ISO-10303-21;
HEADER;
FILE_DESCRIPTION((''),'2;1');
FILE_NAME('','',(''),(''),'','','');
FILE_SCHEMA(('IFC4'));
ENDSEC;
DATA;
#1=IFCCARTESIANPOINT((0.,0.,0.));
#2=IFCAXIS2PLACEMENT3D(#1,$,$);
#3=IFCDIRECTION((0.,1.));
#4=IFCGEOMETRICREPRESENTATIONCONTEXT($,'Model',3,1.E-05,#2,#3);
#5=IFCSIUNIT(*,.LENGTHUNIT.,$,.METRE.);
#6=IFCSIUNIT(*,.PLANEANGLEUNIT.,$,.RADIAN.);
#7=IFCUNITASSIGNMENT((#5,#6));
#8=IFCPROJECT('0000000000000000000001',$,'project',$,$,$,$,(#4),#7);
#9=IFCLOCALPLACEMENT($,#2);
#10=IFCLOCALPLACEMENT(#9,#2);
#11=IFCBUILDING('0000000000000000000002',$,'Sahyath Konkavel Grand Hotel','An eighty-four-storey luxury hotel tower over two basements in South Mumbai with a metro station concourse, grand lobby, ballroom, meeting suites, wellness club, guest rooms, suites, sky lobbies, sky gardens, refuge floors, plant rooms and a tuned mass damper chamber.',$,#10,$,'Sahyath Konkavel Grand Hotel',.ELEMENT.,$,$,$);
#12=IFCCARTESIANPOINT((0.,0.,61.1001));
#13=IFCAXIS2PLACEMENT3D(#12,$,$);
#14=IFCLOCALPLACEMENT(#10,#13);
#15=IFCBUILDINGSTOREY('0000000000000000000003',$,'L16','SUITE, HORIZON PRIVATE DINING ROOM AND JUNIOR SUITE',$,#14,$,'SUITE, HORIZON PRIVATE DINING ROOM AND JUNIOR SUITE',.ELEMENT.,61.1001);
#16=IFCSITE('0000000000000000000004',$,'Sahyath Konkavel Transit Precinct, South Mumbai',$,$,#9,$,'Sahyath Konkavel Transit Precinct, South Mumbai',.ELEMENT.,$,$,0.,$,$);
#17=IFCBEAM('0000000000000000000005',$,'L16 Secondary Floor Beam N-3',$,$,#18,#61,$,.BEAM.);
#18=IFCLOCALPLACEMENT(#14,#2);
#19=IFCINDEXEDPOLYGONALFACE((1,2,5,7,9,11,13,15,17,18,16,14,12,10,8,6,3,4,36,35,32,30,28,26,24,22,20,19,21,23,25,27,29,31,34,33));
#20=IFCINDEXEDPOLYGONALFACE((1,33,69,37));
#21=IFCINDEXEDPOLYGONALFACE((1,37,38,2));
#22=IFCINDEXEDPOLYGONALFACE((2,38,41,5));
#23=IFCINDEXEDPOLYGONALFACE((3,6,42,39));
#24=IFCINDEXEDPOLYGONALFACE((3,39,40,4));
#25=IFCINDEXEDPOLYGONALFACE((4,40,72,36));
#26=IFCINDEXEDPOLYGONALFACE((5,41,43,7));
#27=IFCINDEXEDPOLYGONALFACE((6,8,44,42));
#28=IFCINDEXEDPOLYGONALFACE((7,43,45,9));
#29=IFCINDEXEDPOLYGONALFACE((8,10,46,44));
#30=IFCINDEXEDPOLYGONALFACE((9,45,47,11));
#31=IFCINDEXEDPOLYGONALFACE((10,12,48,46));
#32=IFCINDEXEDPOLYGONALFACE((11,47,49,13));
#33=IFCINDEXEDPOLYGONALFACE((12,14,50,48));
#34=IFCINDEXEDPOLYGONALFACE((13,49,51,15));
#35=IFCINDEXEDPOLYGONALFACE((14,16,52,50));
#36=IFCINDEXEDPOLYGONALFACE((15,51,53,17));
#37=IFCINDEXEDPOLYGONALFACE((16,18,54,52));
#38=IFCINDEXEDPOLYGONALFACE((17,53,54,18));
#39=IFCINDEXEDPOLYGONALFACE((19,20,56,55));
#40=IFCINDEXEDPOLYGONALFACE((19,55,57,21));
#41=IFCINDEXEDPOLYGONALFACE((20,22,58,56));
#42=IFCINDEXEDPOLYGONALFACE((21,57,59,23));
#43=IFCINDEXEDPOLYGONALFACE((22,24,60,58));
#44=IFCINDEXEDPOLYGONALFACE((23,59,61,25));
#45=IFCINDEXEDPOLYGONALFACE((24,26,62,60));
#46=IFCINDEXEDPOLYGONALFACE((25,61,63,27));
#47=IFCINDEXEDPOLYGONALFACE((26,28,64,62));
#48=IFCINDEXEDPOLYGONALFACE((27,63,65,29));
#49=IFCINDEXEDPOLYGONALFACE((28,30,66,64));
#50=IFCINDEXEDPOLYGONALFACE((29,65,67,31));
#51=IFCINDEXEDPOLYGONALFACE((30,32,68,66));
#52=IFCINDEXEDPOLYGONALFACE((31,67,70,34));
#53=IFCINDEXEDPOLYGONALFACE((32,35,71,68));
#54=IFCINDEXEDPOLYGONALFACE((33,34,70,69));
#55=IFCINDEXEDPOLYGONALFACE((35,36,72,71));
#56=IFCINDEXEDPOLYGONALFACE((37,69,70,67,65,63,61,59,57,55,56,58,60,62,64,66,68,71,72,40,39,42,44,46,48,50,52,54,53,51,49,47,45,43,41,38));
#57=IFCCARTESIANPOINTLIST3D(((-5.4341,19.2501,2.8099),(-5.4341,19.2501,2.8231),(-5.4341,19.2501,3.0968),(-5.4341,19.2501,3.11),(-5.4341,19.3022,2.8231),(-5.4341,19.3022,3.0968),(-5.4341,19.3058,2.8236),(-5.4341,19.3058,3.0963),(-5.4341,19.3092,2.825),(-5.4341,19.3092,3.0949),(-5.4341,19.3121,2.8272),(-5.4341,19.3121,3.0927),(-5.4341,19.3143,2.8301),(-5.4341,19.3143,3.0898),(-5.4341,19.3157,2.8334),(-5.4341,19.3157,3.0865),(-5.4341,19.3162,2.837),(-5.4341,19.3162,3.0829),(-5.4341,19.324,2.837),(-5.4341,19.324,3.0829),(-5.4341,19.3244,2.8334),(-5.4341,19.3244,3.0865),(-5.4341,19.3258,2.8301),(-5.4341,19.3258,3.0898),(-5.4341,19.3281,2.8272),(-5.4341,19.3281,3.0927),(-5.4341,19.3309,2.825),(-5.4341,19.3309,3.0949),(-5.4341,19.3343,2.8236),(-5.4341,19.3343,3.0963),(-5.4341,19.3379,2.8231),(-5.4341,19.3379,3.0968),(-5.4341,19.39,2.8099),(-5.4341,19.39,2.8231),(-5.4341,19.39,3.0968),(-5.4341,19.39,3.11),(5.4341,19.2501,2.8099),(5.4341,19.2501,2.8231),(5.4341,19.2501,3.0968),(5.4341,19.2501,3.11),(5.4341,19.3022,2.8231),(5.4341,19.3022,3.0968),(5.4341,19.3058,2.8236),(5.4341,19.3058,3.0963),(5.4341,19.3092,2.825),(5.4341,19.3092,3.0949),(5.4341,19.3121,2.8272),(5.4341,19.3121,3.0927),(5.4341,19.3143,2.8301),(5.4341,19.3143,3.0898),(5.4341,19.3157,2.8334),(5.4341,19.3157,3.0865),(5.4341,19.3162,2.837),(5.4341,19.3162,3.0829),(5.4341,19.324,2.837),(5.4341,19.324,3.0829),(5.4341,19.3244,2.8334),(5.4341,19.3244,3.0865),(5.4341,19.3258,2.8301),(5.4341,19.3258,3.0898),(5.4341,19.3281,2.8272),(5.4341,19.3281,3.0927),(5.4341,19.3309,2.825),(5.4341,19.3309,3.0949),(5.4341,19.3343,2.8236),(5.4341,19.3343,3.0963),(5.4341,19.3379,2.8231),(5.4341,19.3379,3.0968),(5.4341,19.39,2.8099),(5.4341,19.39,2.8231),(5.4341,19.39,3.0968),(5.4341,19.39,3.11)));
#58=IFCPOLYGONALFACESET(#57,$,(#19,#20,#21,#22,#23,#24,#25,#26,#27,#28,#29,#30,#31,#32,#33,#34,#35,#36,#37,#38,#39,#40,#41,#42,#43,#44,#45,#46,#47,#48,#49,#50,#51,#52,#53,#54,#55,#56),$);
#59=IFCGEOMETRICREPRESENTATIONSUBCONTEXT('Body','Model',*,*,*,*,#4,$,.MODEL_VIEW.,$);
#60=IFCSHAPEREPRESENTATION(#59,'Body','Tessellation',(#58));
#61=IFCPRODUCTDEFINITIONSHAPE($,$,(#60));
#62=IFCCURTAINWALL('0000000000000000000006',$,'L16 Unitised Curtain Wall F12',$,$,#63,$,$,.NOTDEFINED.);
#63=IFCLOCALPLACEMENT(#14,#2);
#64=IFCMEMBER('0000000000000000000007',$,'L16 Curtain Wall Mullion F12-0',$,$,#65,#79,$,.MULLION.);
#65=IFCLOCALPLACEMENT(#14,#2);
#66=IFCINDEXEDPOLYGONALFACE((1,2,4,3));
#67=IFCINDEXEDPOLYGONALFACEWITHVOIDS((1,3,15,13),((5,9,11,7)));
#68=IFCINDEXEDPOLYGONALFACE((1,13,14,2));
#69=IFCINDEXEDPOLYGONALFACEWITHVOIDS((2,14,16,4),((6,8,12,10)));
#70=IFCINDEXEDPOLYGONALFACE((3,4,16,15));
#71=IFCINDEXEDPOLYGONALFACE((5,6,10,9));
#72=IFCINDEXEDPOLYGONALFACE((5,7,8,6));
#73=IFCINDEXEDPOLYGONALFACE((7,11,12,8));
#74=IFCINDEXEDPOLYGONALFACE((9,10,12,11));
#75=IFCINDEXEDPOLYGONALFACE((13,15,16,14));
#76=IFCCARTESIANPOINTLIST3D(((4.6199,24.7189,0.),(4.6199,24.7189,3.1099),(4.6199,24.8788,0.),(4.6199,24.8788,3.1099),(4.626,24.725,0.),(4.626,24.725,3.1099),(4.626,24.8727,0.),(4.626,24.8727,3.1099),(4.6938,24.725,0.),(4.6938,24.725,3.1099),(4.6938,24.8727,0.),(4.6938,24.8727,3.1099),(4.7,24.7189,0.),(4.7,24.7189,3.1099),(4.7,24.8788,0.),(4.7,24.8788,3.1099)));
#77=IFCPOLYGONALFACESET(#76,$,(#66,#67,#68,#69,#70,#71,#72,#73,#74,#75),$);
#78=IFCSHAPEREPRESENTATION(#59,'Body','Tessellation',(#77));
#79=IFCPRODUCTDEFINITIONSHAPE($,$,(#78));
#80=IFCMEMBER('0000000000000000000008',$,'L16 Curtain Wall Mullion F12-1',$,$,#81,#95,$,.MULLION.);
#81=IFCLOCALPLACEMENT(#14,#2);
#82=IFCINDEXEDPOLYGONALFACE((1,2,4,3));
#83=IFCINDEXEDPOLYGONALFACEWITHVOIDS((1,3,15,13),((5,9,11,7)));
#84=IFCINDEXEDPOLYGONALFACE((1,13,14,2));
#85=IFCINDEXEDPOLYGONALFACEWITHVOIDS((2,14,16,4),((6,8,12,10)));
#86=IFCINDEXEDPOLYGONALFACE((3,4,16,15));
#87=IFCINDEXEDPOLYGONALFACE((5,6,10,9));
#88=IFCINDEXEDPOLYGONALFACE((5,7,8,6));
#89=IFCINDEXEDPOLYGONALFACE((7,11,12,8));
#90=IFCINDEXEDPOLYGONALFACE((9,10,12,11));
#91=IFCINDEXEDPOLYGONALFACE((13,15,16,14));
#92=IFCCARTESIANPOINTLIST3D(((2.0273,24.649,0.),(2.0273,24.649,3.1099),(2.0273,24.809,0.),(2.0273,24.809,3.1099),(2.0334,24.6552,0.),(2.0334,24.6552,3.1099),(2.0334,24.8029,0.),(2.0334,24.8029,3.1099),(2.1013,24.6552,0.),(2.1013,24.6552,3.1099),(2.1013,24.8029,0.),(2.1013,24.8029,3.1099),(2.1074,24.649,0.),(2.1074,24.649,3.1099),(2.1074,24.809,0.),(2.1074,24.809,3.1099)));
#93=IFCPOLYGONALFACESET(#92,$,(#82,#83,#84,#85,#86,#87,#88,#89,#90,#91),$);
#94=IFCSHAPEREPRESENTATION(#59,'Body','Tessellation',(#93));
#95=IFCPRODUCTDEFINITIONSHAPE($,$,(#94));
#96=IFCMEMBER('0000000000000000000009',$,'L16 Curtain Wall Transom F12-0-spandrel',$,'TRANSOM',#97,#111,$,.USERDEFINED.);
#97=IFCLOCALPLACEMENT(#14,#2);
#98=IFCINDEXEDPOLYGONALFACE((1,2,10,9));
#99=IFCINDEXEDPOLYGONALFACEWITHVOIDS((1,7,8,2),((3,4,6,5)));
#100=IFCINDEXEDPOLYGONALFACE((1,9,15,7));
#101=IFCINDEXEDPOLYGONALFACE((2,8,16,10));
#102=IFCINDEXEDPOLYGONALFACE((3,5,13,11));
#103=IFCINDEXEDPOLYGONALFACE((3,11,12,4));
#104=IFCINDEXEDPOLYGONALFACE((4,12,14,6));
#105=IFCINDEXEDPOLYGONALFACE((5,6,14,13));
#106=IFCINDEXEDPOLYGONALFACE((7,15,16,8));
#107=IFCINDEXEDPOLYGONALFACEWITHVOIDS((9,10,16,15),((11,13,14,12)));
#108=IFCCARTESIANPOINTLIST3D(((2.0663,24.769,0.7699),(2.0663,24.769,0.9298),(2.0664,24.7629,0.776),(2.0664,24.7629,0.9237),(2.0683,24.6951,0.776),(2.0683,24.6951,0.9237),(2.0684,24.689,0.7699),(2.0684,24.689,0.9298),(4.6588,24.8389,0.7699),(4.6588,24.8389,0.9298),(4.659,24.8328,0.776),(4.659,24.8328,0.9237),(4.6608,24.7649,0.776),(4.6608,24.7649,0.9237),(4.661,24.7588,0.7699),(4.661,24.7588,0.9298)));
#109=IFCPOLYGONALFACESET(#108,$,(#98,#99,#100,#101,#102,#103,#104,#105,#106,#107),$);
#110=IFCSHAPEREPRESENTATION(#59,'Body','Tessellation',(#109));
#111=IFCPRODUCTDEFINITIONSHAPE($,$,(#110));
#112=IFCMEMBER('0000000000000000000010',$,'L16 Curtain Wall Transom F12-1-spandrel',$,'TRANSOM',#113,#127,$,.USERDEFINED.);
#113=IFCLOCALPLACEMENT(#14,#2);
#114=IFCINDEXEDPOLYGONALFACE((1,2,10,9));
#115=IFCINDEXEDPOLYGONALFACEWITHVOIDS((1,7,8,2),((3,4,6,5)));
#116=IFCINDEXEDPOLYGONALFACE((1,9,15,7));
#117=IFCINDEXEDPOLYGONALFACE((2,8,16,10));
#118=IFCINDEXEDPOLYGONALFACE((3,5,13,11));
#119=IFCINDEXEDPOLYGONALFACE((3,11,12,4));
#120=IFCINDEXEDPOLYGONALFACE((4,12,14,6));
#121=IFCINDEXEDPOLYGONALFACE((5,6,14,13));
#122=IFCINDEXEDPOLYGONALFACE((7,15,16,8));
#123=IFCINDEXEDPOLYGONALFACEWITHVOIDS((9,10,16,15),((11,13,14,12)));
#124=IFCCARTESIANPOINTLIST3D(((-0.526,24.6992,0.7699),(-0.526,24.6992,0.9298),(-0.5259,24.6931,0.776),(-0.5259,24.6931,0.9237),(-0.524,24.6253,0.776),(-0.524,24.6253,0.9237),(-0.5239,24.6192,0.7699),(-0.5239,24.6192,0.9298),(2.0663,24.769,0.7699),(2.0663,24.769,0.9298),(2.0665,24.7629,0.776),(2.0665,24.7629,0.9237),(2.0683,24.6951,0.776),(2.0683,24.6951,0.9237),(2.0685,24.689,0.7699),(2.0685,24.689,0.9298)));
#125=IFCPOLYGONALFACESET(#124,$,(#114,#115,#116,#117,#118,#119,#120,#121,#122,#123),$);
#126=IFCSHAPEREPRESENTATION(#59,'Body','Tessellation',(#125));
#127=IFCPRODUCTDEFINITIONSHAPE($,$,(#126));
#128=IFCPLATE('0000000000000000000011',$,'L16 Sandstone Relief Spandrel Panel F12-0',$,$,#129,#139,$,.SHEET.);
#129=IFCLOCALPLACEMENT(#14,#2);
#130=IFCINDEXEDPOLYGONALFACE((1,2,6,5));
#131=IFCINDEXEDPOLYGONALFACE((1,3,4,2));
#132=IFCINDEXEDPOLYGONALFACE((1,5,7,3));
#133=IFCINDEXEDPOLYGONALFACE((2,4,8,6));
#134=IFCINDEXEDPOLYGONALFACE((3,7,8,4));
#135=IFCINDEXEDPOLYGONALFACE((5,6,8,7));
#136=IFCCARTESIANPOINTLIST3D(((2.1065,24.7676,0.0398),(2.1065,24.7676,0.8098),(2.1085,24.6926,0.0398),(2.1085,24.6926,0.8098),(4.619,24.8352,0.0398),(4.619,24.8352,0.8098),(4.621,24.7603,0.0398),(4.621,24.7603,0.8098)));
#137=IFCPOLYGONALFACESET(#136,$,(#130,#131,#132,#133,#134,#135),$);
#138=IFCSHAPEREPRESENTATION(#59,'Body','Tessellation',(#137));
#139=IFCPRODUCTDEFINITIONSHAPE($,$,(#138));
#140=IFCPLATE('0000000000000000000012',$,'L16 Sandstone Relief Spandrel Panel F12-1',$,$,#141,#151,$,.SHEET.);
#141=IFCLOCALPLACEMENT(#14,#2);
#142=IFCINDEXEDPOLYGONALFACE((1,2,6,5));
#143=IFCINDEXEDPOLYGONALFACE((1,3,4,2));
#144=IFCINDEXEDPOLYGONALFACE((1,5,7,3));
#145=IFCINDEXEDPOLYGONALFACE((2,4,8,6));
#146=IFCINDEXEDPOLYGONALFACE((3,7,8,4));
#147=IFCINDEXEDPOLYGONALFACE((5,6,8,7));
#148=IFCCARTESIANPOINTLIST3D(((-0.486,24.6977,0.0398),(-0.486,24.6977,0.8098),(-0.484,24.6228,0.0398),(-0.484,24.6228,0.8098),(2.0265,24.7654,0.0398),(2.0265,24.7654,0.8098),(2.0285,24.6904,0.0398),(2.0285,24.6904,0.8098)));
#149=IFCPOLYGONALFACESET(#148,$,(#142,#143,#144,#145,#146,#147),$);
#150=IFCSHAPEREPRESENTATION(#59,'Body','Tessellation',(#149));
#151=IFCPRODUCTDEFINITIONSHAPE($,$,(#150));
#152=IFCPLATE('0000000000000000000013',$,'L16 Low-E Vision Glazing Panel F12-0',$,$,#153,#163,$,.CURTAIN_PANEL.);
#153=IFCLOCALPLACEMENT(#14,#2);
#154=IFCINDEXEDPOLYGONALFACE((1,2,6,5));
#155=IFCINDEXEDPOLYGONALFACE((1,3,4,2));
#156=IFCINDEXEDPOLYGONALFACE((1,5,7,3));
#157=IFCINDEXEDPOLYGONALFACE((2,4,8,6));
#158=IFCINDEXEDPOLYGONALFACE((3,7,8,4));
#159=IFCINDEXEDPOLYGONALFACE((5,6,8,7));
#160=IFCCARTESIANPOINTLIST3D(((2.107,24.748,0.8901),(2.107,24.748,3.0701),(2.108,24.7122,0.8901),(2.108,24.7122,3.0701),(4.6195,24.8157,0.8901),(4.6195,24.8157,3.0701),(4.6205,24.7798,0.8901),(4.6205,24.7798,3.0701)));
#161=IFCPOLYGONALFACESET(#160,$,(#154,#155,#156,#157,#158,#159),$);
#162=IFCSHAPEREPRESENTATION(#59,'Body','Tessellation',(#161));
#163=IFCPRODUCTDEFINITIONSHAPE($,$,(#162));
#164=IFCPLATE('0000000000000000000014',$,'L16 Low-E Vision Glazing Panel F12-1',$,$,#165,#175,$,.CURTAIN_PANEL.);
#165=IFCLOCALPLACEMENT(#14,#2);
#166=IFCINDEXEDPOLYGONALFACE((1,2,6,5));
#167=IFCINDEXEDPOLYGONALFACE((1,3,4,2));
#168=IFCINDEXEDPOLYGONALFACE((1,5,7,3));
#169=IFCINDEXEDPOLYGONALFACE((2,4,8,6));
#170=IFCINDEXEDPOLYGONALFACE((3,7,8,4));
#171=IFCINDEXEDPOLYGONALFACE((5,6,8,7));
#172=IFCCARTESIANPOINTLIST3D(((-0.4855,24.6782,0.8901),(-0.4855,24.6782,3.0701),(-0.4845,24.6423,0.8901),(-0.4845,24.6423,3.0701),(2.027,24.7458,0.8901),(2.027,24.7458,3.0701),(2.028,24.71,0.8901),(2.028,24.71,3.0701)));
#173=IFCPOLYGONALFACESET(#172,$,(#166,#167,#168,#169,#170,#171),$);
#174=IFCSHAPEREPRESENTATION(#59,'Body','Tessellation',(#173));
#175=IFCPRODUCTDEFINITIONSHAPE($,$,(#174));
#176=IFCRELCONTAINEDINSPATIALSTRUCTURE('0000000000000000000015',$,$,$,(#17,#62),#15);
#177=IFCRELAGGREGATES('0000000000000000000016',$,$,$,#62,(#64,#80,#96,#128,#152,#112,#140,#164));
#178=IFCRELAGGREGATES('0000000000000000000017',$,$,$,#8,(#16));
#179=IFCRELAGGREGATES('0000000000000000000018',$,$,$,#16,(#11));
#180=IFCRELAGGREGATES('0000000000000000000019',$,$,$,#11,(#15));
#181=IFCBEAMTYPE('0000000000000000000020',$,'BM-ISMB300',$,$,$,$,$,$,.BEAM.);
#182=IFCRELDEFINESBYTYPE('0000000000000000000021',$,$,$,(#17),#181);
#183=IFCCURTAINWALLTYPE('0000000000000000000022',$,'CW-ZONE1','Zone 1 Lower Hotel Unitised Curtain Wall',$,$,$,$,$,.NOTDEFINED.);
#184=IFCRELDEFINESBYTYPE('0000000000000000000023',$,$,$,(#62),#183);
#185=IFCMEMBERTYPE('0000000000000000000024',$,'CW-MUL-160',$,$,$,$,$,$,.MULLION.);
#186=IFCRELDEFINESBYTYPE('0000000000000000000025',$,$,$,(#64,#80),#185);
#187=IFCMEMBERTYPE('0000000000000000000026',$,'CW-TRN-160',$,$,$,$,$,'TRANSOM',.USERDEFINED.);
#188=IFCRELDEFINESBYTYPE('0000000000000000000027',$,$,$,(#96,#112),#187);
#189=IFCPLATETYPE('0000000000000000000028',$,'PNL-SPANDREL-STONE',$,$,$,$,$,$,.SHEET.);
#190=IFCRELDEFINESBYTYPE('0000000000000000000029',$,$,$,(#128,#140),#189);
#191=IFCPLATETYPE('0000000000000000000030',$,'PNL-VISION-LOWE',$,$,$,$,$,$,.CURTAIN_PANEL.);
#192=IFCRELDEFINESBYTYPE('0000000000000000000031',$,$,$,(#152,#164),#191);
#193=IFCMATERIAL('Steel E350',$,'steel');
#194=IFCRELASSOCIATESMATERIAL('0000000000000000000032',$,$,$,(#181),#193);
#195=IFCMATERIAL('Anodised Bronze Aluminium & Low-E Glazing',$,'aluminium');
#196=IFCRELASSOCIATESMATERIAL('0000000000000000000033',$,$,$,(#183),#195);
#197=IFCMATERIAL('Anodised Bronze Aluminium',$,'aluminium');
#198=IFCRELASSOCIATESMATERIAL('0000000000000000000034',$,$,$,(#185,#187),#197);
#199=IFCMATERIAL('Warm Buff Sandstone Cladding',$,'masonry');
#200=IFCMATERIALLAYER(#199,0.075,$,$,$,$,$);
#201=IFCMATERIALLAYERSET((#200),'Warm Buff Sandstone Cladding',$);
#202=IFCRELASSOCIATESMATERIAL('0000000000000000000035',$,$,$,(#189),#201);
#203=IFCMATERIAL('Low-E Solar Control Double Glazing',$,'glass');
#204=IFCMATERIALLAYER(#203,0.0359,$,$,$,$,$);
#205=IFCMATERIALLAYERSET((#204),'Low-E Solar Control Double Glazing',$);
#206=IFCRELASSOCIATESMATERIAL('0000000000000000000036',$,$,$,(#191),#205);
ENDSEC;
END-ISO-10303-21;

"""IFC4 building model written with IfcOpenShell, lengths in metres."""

from ifc_helpers import new_model, si_unit, direction, frame, origin, origin_2d, place, context, subcontext, project, spatial, rectangle, hollow_rectangle, i_section, extrude, source, transform, mapped, material, layer, layer_set, material_profile, profile_set, type_object, element, aggregate, save


model = new_model("IFC4")

# Units and contexts
model_context = context("Model", 3, precision=1e-05, world=origin(), true_north=direction((0.0, 1.0)))
body_context = subcontext(model_context, "Body", "Model", "MODEL_VIEW")
ifc_project = project(units=[si_unit("LENGTHUNIT", "METRE"), si_unit("PLANEANGLEUNIT", "RADIAN")], contexts=[model_context])

# Site, building, storey
site_placement = place(None, origin())
site = spatial("IfcSite", under=ifc_project, at=site_placement, Name="Sahyath Konkavel Transit Precinct, South Mumbai", LongName="Sahyath Konkavel Transit Precinct, South Mumbai", CompositionType="ELEMENT", RefElevation=0.0)
building_placement = place(site_placement, origin())
building = spatial("IfcBuilding", under=site, at=building_placement, Name="Sahyath Konkavel Grand Hotel", Description="An eighty-four-storey luxury hotel tower over two basements in South Mumbai with a metro station concourse, grand lobby, ballroom, meeting suites, wellness club, guest rooms, suites, sky lobbies, sky gardens, refuge floors, plant rooms and a tuned mass damper chamber.", LongName="Sahyath Konkavel Grand Hotel", CompositionType="ELEMENT")
storey_placement = place(building_placement, frame((0.0, 0.0, 61.1001)))
storey = spatial("IfcBuildingStorey", under=building, at=storey_placement, Name="L16", Description="SUITE, HORIZON PRIVATE DINING ROOM AND JUNIOR SUITE", LongName="SUITE, HORIZON PRIVATE DINING ROOM AND JUNIOR SUITE", CompositionType="ELEMENT", Elevation=61.1001)

# Beam
ifc_material_1 = material(Name="Steel E350", Category="steel")
ifc_material_profile_1 = material_profile(ifc_material_1, i_section(OverallWidth=0.1399, OverallDepth=0.3, WebThickness=0.0078, FlangeThickness=0.0132, FilletRadius=0.0139, at=origin_2d()), Name="ISMB 300")
ifc_profile_set_1 = profile_set([ifc_material_profile_1], Name="Steel E350")
beam_type_1 = type_object("IfcBeamType", Name="BM-ISMB300", PredefinedType="BEAM", material=ifc_profile_set_1)
shared_shape_1 = source(origin(), body_context, "Body", "SweptSolid", [
    extrude(i_section(OverallWidth=0.1399, OverallDepth=0.3, WebThickness=0.0078, FlangeThickness=0.0132, FilletRadius=0.0139, at=origin_2d()), origin(), (0.0, 0.0, 1.0), 10.8682),
])
beam_1_placement = place(storey_placement, frame((5.4341, 19.3201, 2.96), z_axis=(-1.0, 0.0, 0.0), x_axis=(0.0, -1.0, 0.0)))
element("IfcBeam", 1, at=beam_1_placement, inside=storey, type_object=beam_type_1, Name="L16 Secondary Floor Beam N-3", PredefinedType="BEAM", context=body_context, shape_type="MappedRepresentation", body=[
    mapped(shared_shape_1, transform((0.0, 0.0, 0.0), scale=1.0)),
])

# Curtain wall, members, plates
ifc_material_2 = material(Name="Anodised Bronze Aluminium & Low-E Glazing", Category="aluminium")
curtain_wall_type = type_object("IfcCurtainWallType", Name="CW-ZONE1", Description="Zone 1 Lower Hotel Unitised Curtain Wall", PredefinedType="NOTDEFINED", material=ifc_material_2)
curtain_wall_placement = place(storey_placement, origin())
curtain_wall = element("IfcCurtainWall", 2, at=curtain_wall_placement, inside=storey, type_object=curtain_wall_type, Name="L16 Unitised Curtain Wall F12", PredefinedType="NOTDEFINED")
ifc_material_3 = material(Name="Anodised Bronze Aluminium", Category="aluminium")
ifc_material_profile_2 = material_profile(ifc_material_3, hollow_rectangle(XDim=0.0801, YDim=0.1599, WallThickness=0.0061, at=origin_2d()), Name="RHS 160x80x6")
ifc_profile_set_2 = profile_set([ifc_material_profile_2], Name="Anodised Bronze Aluminium")
member_type_1 = type_object("IfcMemberType", Name="CW-MUL-160", PredefinedType="MULLION", material=ifc_profile_set_2)
shared_shape_2 = source(origin(), body_context, "Body", "SweptSolid", [
    extrude(hollow_rectangle(XDim=0.0801, YDim=0.1599, WallThickness=0.0061, at=origin_2d()), origin(), (0.0, 0.0, 1.0), 3.1099),
])
member_1_placement = place(storey_placement, frame((4.6599, 24.7988, 0.0), z_axis=(0.0, 0.0, 1.0), x_axis=(1.0, 0.0, 0.0)))
member_1 = element("IfcMember", 3, at=member_1_placement, type_object=member_type_1, Name="L16 Curtain Wall Mullion F12-0", PredefinedType="MULLION", context=body_context, shape_type="MappedRepresentation", body=[
    mapped(shared_shape_2, transform((0.0, 0.0, 0.0), scale=1.0)),
])
member_2_placement = place(storey_placement, frame((2.0674, 24.729, 0.0), z_axis=(0.0, 0.0, 1.0), x_axis=(1.0, 0.0, 0.0)))
member_2 = element("IfcMember", 4, at=member_2_placement, type_object=member_type_1, Name="L16 Curtain Wall Mullion F12-1", PredefinedType="MULLION", context=body_context, shape_type="MappedRepresentation", body=[
    mapped(shared_shape_2, transform((0.0, 0.0, 0.0), scale=1.0)),
])
ifc_material_profile_3 = material_profile(ifc_material_3, hollow_rectangle(XDim=0.0801, YDim=0.1599, WallThickness=0.0061, at=origin_2d()), Name="RHS 160x80x6")
ifc_profile_set_3 = profile_set([ifc_material_profile_3], Name="Anodised Bronze Aluminium")
member_type_2 = type_object("IfcMemberType", Name="CW-TRN-160", ElementType="TRANSOM", PredefinedType="USERDEFINED", material=ifc_profile_set_3)
shared_shape_3 = source(origin(), body_context, "Body", "SweptSolid", [
    extrude(hollow_rectangle(XDim=0.0801, YDim=0.1599, WallThickness=0.0061, at=origin_2d()), origin(), (0.0, 0.0, 1.0), 2.5935),
])
member_3_placement = place(storey_placement, frame((4.6599, 24.7988, 0.8499), z_axis=(-0.999638, -0.026923, 0.0), x_axis=(0.026923, -0.999638, 0.0)))
member_3 = element("IfcMember", 5, at=member_3_placement, type_object=member_type_2, Name="L16 Curtain Wall Transom F12-0-spandrel", ObjectType="TRANSOM", PredefinedType="USERDEFINED", context=body_context, shape_type="MappedRepresentation", body=[
    mapped(shared_shape_3, transform((0.0, 0.0, 0.0), scale=1.0)),
])
shared_shape_4 = source(origin(), body_context, "Body", "SweptSolid", [
    extrude(hollow_rectangle(XDim=0.0801, YDim=0.1599, WallThickness=0.0061, at=origin_2d()), origin(), (0.0, 0.0, 1.0), 2.5933),
])
member_4_placement = place(storey_placement, frame((2.0674, 24.729, 0.8499), z_axis=(-0.999637, -0.026926, 0.0), x_axis=(0.026926, -0.999637, 0.0)))
member_4 = element("IfcMember", 6, at=member_4_placement, type_object=member_type_2, Name="L16 Curtain Wall Transom F12-1-spandrel", ObjectType="TRANSOM", PredefinedType="USERDEFINED", context=body_context, shape_type="MappedRepresentation", body=[
    mapped(shared_shape_4, transform((0.0, 0.0, 0.0), scale=1.0)),
])
ifc_material_4 = material(Name="Warm Buff Sandstone Cladding", Category="masonry")
ifc_layer_1 = layer(ifc_material_4, 0.075)
ifc_layer_set_1 = layer_set([ifc_layer_1], Name="Warm Buff Sandstone Cladding")
plate_type_1 = type_object("IfcPlateType", Name="PNL-SPANDREL-STONE", PredefinedType="SHEET", material=ifc_layer_set_1)
shared_shape_5 = source(origin(), body_context, "Body", "SweptSolid", [
    extrude(rectangle(XDim=2.5134, YDim=0.075, at=origin_2d()), origin(), (0.0, 0.0, 1.0), 0.77),
])
plate_1_placement = place(storey_placement, frame((3.3638, 24.7639, 0.0398), z_axis=(0.0, 0.0, 1.0), x_axis=(-0.999638, -0.02691, 0.0)))
plate_1 = element("IfcPlate", 7, at=plate_1_placement, type_object=plate_type_1, Name="L16 Sandstone Relief Spandrel Panel F12-0", PredefinedType="SHEET", context=body_context, shape_type="MappedRepresentation", body=[
    mapped(shared_shape_5, transform((0.0, 0.0, 0.0), scale=1.0)),
])
plate_2_placement = place(storey_placement, frame((0.7712, 24.6941, 0.0398), z_axis=(0.0, 0.0, 1.0), x_axis=(-0.999638, -0.02691, 0.0)))
plate_2 = element("IfcPlate", 8, at=plate_2_placement, type_object=plate_type_1, Name="L16 Sandstone Relief Spandrel Panel F12-1", PredefinedType="SHEET", context=body_context, shape_type="MappedRepresentation", body=[
    mapped(shared_shape_5, transform((0.0, 0.0, 0.0), scale=1.0)),
])
ifc_material_5 = material(Name="Low-E Solar Control Double Glazing", Category="glass")
ifc_layer_2 = layer(ifc_material_5, 0.0359)
ifc_layer_set_2 = layer_set([ifc_layer_2], Name="Low-E Solar Control Double Glazing")
plate_type_2 = type_object("IfcPlateType", Name="PNL-VISION-LOWE", PredefinedType="CURTAIN_PANEL", material=ifc_layer_set_2)
shared_shape_6 = source(origin(), body_context, "Body", "SweptSolid", [
    extrude(rectangle(XDim=2.5134, YDim=0.0359, at=origin_2d()), origin(), (0.0, 0.0, 1.0), 2.1799),
])
plate_3_placement = place(storey_placement, frame((3.3638, 24.7639, 0.8901), z_axis=(0.0, 0.0, 1.0), x_axis=(-0.999638, -0.02691, 0.0)))
plate_3 = element("IfcPlate", 9, at=plate_3_placement, type_object=plate_type_2, Name="L16 Low-E Vision Glazing Panel F12-0", PredefinedType="CURTAIN_PANEL", context=body_context, shape_type="MappedRepresentation", body=[
    mapped(shared_shape_6, transform((0.0, 0.0, 0.0), scale=1.0)),
])
plate_4_placement = place(storey_placement, frame((0.7712, 24.6941, 0.8901), z_axis=(0.0, 0.0, 1.0), x_axis=(-0.999638, -0.02691, 0.0)))
plate_4 = element("IfcPlate", 10, at=plate_4_placement, type_object=plate_type_2, Name="L16 Low-E Vision Glazing Panel F12-1", PredefinedType="CURTAIN_PANEL", context=body_context, shape_type="MappedRepresentation", body=[
    mapped(shared_shape_6, transform((0.0, 0.0, 0.0), scale=1.0)),
])
aggregate(curtain_wall, [member_1, member_2, member_3, plate_1, plate_3, member_4, plate_2, plate_4])

save(model, "model.ifc")
